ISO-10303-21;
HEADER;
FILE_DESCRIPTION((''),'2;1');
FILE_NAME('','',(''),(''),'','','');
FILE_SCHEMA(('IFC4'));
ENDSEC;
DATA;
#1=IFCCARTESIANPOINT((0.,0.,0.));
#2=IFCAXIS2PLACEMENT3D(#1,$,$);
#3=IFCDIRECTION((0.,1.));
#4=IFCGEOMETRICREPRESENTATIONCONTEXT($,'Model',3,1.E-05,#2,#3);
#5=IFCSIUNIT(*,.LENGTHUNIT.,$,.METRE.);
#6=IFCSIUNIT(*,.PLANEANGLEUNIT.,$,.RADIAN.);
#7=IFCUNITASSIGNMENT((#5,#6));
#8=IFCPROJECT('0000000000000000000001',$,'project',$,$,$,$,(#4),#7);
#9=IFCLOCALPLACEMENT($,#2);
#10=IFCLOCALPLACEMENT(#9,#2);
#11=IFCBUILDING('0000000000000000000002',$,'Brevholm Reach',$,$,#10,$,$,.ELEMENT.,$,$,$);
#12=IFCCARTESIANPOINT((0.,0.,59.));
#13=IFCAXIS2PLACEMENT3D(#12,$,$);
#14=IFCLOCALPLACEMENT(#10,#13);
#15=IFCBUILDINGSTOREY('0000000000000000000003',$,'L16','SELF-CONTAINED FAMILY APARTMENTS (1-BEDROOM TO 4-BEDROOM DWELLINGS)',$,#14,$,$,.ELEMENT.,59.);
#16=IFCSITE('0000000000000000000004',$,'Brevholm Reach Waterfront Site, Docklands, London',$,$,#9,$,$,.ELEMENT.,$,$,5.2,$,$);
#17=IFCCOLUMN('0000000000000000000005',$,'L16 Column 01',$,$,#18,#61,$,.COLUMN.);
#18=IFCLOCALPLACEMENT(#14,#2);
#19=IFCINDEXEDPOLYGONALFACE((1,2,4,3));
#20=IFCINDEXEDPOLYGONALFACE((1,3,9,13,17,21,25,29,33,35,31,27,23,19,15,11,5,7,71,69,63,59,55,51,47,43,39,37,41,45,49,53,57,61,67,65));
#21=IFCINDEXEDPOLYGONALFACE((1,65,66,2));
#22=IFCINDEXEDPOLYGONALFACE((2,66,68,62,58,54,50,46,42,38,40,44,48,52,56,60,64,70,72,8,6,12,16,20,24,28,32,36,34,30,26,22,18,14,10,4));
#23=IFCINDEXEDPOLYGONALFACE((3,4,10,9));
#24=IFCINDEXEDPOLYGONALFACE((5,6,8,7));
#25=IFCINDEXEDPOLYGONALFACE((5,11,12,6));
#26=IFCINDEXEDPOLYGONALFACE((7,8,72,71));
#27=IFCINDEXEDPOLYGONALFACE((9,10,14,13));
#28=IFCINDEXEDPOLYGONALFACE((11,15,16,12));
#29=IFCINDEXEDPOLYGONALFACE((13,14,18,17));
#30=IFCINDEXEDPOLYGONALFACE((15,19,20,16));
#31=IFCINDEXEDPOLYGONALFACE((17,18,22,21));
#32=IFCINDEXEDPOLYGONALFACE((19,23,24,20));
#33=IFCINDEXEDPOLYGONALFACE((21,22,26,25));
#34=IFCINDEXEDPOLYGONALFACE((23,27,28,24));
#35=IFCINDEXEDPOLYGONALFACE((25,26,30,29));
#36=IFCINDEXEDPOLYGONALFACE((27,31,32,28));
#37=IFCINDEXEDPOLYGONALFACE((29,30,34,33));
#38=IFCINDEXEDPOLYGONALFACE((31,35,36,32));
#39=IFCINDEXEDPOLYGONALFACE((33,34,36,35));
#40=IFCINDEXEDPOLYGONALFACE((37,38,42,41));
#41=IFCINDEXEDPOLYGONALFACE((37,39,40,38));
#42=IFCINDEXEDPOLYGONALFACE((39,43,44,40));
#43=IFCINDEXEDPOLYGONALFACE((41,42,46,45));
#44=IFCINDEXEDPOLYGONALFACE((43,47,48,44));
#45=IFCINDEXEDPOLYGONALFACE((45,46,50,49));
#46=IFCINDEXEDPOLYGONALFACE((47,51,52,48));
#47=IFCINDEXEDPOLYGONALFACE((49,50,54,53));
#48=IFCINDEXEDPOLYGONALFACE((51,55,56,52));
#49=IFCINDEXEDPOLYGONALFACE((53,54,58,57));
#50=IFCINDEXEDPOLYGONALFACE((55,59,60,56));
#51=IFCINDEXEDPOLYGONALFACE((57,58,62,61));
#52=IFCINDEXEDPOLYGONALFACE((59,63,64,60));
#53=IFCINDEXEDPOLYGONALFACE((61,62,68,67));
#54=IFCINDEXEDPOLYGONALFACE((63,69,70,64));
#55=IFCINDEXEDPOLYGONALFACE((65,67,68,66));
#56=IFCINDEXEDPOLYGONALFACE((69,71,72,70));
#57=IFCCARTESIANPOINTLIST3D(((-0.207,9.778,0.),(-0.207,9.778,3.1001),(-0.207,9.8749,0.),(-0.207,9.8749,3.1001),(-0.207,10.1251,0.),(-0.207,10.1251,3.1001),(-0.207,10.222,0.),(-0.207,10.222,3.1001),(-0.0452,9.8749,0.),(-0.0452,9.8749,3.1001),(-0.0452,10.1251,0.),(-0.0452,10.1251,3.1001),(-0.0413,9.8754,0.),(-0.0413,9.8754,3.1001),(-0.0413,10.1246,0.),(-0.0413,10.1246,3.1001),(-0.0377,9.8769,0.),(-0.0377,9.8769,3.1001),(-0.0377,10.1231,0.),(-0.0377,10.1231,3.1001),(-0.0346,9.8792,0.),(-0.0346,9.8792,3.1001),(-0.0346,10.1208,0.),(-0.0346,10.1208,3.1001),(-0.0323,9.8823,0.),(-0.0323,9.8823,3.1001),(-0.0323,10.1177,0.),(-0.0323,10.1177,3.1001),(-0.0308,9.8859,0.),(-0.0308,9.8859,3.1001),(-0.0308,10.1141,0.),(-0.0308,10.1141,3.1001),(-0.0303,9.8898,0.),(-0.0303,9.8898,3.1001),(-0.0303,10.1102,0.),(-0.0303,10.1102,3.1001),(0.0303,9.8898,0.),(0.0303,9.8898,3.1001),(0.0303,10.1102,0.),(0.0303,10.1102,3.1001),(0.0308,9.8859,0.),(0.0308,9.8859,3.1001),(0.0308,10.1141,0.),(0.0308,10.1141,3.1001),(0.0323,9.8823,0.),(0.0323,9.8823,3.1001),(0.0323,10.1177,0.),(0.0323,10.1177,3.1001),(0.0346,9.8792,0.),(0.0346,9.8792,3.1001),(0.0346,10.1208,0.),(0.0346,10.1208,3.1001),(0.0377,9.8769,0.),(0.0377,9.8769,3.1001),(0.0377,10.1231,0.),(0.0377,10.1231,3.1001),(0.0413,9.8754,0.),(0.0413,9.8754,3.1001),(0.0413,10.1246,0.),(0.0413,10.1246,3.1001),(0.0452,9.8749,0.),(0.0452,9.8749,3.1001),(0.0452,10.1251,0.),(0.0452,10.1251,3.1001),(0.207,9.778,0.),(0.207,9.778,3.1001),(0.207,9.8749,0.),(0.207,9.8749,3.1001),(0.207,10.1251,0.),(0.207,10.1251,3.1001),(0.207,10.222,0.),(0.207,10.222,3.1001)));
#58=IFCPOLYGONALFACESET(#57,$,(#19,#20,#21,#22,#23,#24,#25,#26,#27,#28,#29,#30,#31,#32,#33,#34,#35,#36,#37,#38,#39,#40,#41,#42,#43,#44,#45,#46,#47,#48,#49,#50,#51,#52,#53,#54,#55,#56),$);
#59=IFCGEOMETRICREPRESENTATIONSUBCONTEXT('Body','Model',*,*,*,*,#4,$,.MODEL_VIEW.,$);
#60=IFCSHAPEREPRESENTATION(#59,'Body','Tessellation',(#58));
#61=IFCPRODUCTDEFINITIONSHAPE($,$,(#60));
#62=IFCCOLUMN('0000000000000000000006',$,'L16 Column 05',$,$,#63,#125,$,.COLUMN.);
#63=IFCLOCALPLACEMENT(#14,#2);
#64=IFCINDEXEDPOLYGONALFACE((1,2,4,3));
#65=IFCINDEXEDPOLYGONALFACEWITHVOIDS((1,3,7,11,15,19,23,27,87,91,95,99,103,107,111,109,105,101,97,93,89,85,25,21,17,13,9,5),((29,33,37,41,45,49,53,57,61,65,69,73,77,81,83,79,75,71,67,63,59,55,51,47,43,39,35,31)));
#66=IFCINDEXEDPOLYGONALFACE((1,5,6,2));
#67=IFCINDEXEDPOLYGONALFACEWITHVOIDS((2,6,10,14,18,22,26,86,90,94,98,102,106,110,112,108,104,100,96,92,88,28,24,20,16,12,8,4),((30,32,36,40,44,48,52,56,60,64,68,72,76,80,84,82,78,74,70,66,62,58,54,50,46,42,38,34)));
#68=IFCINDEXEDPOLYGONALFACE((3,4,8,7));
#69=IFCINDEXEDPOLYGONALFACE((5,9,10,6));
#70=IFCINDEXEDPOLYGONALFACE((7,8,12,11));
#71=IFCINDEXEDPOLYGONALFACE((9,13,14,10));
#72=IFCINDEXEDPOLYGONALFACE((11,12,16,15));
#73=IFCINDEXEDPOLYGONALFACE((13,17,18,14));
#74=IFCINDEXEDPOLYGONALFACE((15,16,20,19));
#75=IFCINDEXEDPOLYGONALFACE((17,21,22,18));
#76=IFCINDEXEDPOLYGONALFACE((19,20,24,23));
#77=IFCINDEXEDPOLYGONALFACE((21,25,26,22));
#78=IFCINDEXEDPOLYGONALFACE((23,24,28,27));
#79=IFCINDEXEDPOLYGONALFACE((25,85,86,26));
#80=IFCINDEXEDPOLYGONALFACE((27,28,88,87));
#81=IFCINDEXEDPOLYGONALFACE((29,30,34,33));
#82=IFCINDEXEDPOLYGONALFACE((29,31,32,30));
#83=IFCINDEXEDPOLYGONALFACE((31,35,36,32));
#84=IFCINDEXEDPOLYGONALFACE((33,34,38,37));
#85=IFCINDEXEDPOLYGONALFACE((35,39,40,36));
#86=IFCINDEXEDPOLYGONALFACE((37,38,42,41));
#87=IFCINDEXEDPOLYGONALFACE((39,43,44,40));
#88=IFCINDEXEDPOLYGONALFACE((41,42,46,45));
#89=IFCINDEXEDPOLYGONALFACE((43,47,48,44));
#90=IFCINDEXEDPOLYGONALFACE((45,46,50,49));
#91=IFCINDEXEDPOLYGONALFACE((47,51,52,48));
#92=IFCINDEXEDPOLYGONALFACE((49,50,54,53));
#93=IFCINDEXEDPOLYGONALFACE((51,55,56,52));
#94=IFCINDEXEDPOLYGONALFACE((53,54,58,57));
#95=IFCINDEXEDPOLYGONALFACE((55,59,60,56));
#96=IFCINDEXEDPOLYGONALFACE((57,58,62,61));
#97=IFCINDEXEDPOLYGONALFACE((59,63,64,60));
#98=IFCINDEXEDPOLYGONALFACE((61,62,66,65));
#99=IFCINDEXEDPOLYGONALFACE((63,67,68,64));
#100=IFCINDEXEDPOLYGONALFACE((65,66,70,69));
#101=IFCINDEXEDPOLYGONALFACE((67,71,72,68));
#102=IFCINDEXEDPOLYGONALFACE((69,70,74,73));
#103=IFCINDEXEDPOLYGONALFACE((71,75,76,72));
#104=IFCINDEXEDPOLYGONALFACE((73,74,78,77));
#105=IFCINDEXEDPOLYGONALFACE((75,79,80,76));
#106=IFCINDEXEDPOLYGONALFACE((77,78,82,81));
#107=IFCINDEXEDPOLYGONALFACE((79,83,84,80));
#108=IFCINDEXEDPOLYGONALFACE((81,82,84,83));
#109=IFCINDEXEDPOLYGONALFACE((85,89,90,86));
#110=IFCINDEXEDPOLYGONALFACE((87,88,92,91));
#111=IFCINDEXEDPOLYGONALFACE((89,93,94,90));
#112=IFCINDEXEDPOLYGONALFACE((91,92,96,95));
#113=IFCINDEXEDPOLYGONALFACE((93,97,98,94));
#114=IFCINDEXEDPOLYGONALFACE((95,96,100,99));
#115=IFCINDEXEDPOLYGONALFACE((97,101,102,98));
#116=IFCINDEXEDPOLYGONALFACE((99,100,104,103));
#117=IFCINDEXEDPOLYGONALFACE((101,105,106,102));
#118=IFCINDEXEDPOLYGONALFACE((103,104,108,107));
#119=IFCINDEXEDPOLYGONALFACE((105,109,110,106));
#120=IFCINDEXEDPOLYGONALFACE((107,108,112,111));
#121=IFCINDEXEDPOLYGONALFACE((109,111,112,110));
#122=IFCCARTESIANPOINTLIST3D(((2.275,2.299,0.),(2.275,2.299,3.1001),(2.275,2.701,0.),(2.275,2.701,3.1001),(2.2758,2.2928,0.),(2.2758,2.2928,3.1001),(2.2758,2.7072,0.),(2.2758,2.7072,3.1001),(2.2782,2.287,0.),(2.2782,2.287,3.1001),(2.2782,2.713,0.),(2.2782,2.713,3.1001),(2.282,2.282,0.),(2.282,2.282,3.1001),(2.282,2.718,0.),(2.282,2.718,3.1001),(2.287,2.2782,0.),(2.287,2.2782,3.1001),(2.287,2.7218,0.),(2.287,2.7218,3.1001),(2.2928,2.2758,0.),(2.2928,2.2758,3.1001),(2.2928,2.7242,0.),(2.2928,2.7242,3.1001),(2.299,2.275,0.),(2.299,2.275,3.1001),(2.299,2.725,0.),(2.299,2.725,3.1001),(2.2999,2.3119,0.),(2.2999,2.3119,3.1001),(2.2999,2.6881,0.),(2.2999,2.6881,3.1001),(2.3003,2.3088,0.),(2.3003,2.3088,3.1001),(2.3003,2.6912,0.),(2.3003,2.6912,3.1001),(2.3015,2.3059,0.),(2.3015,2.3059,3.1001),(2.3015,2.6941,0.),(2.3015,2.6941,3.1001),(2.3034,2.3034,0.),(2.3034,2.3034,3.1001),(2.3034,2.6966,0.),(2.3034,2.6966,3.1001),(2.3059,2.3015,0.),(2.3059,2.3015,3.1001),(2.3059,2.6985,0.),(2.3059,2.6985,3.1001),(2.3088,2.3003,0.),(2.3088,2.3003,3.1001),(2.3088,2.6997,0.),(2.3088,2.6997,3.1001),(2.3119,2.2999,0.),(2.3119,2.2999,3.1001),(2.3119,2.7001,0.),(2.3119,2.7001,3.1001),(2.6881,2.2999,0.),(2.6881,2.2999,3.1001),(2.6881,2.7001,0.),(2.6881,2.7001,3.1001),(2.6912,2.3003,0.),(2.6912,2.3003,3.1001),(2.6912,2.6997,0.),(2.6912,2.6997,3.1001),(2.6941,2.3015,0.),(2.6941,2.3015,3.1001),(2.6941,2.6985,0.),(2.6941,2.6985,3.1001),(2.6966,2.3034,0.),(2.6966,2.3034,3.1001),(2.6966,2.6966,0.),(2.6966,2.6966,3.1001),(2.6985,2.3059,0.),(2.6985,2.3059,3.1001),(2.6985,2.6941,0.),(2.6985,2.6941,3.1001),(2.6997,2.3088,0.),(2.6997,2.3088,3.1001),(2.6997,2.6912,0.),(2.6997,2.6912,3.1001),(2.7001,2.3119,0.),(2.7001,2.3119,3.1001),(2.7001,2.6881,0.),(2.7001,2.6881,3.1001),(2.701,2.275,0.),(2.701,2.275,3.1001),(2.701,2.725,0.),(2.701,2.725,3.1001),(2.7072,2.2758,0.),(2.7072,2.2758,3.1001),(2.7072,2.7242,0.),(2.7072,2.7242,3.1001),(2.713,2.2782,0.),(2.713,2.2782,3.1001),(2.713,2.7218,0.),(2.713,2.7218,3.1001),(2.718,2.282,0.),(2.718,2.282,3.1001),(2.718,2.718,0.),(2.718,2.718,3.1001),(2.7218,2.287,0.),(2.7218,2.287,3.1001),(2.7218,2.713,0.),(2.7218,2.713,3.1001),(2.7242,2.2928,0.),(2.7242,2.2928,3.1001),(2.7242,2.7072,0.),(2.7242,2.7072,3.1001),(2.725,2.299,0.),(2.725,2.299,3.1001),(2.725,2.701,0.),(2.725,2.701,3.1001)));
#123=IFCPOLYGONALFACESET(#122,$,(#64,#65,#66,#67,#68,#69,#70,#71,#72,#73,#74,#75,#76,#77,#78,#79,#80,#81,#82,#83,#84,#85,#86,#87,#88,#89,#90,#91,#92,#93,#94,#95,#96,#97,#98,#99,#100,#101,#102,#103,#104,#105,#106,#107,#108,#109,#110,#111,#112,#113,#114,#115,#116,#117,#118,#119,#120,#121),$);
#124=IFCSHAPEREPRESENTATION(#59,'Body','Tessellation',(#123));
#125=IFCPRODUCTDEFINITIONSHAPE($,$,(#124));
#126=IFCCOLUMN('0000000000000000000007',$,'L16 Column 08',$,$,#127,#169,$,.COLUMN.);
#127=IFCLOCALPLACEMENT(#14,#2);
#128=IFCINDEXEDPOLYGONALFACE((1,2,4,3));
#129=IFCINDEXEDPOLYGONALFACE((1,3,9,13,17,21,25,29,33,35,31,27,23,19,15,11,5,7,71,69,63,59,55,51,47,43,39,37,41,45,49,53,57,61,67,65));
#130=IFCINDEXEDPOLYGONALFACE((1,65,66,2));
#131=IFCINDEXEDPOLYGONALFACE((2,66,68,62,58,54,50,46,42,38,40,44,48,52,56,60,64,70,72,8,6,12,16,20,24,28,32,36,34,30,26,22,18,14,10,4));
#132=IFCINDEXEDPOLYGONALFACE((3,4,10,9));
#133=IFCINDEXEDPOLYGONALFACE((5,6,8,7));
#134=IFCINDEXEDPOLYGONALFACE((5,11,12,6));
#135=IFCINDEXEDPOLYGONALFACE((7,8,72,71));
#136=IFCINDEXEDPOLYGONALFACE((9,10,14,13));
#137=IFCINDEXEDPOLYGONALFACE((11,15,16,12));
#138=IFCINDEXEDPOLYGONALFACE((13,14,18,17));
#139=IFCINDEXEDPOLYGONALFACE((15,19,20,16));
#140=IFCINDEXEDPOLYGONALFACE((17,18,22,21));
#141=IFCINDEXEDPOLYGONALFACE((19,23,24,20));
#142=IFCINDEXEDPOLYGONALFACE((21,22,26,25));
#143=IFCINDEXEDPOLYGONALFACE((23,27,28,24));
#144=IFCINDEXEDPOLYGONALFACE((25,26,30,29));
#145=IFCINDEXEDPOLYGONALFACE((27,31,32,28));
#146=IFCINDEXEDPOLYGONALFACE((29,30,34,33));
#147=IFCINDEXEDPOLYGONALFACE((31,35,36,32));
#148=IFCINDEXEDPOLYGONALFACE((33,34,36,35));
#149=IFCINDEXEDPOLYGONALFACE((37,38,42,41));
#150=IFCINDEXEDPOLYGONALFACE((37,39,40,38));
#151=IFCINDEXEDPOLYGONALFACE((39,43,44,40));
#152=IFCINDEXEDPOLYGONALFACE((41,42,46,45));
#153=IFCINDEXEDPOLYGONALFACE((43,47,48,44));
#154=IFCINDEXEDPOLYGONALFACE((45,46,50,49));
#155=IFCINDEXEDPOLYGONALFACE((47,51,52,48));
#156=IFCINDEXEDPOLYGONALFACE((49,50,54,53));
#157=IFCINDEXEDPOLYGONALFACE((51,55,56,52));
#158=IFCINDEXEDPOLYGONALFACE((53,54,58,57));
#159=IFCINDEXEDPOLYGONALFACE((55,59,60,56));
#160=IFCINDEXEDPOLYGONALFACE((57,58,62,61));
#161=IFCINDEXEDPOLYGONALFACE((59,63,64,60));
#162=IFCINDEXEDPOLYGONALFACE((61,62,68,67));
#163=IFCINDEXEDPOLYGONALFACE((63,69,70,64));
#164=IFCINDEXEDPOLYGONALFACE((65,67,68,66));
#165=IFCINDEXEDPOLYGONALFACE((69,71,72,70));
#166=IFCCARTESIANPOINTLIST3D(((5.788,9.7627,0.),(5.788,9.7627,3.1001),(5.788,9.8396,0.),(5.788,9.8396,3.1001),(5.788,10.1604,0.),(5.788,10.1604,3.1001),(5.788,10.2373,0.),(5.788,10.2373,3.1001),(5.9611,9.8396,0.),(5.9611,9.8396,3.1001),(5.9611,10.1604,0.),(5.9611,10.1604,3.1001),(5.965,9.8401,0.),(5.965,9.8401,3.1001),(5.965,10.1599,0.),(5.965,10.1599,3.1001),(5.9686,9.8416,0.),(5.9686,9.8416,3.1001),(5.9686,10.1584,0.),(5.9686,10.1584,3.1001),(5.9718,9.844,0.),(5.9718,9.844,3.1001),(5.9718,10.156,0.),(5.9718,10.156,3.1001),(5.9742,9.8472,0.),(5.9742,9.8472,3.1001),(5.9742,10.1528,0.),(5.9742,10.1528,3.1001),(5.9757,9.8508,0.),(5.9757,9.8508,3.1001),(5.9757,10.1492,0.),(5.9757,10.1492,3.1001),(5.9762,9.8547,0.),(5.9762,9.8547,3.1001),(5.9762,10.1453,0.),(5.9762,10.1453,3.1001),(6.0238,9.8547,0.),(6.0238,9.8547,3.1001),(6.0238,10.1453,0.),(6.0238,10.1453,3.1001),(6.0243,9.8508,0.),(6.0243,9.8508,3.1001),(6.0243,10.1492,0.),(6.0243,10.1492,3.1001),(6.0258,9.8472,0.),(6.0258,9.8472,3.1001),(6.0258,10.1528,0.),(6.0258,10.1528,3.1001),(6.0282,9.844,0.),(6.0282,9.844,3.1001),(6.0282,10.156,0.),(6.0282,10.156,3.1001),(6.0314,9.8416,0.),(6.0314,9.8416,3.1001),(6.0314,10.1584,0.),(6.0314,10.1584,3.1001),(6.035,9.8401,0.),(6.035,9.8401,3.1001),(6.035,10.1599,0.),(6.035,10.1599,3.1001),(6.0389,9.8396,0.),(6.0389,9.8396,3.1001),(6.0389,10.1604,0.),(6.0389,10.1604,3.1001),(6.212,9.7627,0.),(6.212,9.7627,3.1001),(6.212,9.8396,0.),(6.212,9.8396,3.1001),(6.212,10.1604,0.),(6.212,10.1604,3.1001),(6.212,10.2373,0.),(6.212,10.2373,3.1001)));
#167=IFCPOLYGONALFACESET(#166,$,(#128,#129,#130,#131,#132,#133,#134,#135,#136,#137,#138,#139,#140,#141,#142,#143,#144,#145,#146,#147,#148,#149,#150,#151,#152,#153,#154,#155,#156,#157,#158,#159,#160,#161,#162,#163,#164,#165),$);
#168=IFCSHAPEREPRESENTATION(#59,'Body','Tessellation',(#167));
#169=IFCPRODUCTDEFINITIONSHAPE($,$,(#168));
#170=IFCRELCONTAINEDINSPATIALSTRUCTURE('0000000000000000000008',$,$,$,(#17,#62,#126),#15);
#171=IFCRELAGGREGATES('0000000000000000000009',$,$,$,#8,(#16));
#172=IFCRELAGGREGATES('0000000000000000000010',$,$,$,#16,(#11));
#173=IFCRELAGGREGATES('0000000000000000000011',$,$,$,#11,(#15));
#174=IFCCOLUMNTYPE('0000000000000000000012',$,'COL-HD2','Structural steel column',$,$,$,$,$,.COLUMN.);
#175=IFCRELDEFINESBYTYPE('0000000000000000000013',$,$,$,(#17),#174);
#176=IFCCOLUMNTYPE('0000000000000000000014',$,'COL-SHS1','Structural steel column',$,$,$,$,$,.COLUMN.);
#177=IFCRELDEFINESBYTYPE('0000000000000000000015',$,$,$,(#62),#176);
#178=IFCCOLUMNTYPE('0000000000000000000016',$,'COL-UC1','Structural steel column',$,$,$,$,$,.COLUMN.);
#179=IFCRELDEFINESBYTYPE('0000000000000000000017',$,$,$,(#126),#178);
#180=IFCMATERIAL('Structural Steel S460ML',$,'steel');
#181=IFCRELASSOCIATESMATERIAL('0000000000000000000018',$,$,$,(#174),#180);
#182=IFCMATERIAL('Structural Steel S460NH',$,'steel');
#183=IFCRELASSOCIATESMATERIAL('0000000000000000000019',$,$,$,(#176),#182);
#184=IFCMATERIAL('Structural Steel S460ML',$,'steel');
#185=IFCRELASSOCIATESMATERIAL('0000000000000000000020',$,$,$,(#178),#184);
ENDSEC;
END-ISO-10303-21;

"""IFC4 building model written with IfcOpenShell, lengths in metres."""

from ifc_helpers import new_model, si_unit, direction, frame, origin, origin_2d, place, context, subcontext, project, spatial, hollow_rectangle, i_section, extrude, material, material_profile, profile_set, type_object, element, save


model = new_model("IFC4")

# Units and contexts
model_context = context("Model", 3, precision=1e-05, world=origin(), true_north=direction((0.0, 1.0)))
body_context = subcontext(model_context, "Body", "Model", "MODEL_VIEW")
ifc_project = project(units=[si_unit("LENGTHUNIT", "METRE"), si_unit("PLANEANGLEUNIT", "RADIAN")], contexts=[model_context])

# Site, building, storey
site_placement = place(None, origin())
site = spatial("IfcSite", under=ifc_project, at=site_placement, Name="Brevholm Reach Waterfront Site, Docklands, London", CompositionType="ELEMENT", RefElevation=5.2)
building_placement = place(site_placement, origin())
building = spatial("IfcBuilding", under=site, at=building_placement, Name="Brevholm Reach", CompositionType="ELEMENT")
storey_placement = place(building_placement, frame((0.0, 0.0, 59.0)))
storey = spatial("IfcBuildingStorey", under=building, at=storey_placement, Name="L16", Description="SELF-CONTAINED FAMILY APARTMENTS (1-BEDROOM TO 4-BEDROOM DWELLINGS)", CompositionType="ELEMENT", Elevation=59.0)

# Columns
ifc_material_1 = material(Name="Structural Steel S460ML", Category="steel")
ifc_material_profile_1 = material_profile(ifc_material_1, i_section(OverallWidth=0.4141, OverallDepth=0.4441, WebThickness=0.0605, FlangeThickness=0.0969, FilletRadius=0.0149, at=origin_2d()), Name="HD 400x818")
ifc_profile_set_1 = profile_set([ifc_material_profile_1], Name="Structural Steel S460ML")
column_type_1 = type_object("IfcColumnType", Name="COL-HD2", Description="Structural steel column", PredefinedType="COLUMN", material=ifc_profile_set_1)
column_1_placement = place(storey_placement, frame((0.0, 10.0, 0.0), z_axis=(0.0, 0.0, 1.0), x_axis=(1.0, 0.0, 0.0)))
element("IfcColumn", 1, at=column_1_placement, inside=storey, type_object=column_type_1, Name="L16 Column 01", PredefinedType="COLUMN", context=body_context, shape_type="SweptSolid", body=[
    extrude(i_section(OverallWidth=0.4141, OverallDepth=0.4441, WebThickness=0.0605, FlangeThickness=0.0969, FilletRadius=0.0149, at=origin_2d()), origin(), (0.0, 0.0, 1.0), 3.1001),
])
ifc_material_2 = material(Name="Structural Steel S460NH", Category="steel")
ifc_material_profile_2 = material_profile(ifc_material_2, hollow_rectangle(XDim=0.45, YDim=0.45, WallThickness=0.0249, InnerFilletRadius=0.012, OuterFilletRadius=0.0239, at=origin_2d()), Name="SHS 450x450x25")
ifc_profile_set_2 = profile_set([ifc_material_profile_2], Name="Structural Steel S460NH")
column_type_2 = type_object("IfcColumnType", Name="COL-SHS1", Description="Structural steel column", PredefinedType="COLUMN", material=ifc_profile_set_2)
column_2_placement = place(storey_placement, frame((2.5, 2.5, 0.0), z_axis=(0.0, 0.0, 1.0), x_axis=(1.0, 0.0, 0.0)))
element("IfcColumn", 2, at=column_2_placement, inside=storey, type_object=column_type_2, Name="L16 Column 05", PredefinedType="COLUMN", context=body_context, shape_type="SweptSolid", body=[
    extrude(hollow_rectangle(XDim=0.45, YDim=0.45, WallThickness=0.0249, InnerFilletRadius=0.012, OuterFilletRadius=0.0239, at=origin_2d()), origin(), (0.0, 0.0, 1.0), 3.1001),
])
ifc_material_3 = material(Name="Structural Steel S460ML", Category="steel")
ifc_material_profile_3 = material_profile(ifc_material_3, i_section(OverallWidth=0.4241, OverallDepth=0.4746, WebThickness=0.0476, FlangeThickness=0.0769, FilletRadius=0.0151, at=origin_2d()), Name="UKC 356x406x634")
ifc_profile_set_3 = profile_set([ifc_material_profile_3], Name="Structural Steel S460ML")
column_type_3 = type_object("IfcColumnType", Name="COL-UC1", Description="Structural steel column", PredefinedType="COLUMN", material=ifc_profile_set_3)
column_3_placement = place(storey_placement, frame((6.0, 10.0, 0.0), z_axis=(0.0, 0.0, 1.0), x_axis=(1.0, 0.0, 0.0)))
element("IfcColumn", 3, at=column_3_placement, inside=storey, type_object=column_type_3, Name="L16 Column 08", PredefinedType="COLUMN", context=body_context, shape_type="SweptSolid", body=[
    extrude(i_section(OverallWidth=0.4241, OverallDepth=0.4746, WebThickness=0.0476, FlangeThickness=0.0769, FilletRadius=0.0151, at=origin_2d()), origin(), (0.0, 0.0, 1.0), 3.1001),
])

save(model, "model.ifc")
